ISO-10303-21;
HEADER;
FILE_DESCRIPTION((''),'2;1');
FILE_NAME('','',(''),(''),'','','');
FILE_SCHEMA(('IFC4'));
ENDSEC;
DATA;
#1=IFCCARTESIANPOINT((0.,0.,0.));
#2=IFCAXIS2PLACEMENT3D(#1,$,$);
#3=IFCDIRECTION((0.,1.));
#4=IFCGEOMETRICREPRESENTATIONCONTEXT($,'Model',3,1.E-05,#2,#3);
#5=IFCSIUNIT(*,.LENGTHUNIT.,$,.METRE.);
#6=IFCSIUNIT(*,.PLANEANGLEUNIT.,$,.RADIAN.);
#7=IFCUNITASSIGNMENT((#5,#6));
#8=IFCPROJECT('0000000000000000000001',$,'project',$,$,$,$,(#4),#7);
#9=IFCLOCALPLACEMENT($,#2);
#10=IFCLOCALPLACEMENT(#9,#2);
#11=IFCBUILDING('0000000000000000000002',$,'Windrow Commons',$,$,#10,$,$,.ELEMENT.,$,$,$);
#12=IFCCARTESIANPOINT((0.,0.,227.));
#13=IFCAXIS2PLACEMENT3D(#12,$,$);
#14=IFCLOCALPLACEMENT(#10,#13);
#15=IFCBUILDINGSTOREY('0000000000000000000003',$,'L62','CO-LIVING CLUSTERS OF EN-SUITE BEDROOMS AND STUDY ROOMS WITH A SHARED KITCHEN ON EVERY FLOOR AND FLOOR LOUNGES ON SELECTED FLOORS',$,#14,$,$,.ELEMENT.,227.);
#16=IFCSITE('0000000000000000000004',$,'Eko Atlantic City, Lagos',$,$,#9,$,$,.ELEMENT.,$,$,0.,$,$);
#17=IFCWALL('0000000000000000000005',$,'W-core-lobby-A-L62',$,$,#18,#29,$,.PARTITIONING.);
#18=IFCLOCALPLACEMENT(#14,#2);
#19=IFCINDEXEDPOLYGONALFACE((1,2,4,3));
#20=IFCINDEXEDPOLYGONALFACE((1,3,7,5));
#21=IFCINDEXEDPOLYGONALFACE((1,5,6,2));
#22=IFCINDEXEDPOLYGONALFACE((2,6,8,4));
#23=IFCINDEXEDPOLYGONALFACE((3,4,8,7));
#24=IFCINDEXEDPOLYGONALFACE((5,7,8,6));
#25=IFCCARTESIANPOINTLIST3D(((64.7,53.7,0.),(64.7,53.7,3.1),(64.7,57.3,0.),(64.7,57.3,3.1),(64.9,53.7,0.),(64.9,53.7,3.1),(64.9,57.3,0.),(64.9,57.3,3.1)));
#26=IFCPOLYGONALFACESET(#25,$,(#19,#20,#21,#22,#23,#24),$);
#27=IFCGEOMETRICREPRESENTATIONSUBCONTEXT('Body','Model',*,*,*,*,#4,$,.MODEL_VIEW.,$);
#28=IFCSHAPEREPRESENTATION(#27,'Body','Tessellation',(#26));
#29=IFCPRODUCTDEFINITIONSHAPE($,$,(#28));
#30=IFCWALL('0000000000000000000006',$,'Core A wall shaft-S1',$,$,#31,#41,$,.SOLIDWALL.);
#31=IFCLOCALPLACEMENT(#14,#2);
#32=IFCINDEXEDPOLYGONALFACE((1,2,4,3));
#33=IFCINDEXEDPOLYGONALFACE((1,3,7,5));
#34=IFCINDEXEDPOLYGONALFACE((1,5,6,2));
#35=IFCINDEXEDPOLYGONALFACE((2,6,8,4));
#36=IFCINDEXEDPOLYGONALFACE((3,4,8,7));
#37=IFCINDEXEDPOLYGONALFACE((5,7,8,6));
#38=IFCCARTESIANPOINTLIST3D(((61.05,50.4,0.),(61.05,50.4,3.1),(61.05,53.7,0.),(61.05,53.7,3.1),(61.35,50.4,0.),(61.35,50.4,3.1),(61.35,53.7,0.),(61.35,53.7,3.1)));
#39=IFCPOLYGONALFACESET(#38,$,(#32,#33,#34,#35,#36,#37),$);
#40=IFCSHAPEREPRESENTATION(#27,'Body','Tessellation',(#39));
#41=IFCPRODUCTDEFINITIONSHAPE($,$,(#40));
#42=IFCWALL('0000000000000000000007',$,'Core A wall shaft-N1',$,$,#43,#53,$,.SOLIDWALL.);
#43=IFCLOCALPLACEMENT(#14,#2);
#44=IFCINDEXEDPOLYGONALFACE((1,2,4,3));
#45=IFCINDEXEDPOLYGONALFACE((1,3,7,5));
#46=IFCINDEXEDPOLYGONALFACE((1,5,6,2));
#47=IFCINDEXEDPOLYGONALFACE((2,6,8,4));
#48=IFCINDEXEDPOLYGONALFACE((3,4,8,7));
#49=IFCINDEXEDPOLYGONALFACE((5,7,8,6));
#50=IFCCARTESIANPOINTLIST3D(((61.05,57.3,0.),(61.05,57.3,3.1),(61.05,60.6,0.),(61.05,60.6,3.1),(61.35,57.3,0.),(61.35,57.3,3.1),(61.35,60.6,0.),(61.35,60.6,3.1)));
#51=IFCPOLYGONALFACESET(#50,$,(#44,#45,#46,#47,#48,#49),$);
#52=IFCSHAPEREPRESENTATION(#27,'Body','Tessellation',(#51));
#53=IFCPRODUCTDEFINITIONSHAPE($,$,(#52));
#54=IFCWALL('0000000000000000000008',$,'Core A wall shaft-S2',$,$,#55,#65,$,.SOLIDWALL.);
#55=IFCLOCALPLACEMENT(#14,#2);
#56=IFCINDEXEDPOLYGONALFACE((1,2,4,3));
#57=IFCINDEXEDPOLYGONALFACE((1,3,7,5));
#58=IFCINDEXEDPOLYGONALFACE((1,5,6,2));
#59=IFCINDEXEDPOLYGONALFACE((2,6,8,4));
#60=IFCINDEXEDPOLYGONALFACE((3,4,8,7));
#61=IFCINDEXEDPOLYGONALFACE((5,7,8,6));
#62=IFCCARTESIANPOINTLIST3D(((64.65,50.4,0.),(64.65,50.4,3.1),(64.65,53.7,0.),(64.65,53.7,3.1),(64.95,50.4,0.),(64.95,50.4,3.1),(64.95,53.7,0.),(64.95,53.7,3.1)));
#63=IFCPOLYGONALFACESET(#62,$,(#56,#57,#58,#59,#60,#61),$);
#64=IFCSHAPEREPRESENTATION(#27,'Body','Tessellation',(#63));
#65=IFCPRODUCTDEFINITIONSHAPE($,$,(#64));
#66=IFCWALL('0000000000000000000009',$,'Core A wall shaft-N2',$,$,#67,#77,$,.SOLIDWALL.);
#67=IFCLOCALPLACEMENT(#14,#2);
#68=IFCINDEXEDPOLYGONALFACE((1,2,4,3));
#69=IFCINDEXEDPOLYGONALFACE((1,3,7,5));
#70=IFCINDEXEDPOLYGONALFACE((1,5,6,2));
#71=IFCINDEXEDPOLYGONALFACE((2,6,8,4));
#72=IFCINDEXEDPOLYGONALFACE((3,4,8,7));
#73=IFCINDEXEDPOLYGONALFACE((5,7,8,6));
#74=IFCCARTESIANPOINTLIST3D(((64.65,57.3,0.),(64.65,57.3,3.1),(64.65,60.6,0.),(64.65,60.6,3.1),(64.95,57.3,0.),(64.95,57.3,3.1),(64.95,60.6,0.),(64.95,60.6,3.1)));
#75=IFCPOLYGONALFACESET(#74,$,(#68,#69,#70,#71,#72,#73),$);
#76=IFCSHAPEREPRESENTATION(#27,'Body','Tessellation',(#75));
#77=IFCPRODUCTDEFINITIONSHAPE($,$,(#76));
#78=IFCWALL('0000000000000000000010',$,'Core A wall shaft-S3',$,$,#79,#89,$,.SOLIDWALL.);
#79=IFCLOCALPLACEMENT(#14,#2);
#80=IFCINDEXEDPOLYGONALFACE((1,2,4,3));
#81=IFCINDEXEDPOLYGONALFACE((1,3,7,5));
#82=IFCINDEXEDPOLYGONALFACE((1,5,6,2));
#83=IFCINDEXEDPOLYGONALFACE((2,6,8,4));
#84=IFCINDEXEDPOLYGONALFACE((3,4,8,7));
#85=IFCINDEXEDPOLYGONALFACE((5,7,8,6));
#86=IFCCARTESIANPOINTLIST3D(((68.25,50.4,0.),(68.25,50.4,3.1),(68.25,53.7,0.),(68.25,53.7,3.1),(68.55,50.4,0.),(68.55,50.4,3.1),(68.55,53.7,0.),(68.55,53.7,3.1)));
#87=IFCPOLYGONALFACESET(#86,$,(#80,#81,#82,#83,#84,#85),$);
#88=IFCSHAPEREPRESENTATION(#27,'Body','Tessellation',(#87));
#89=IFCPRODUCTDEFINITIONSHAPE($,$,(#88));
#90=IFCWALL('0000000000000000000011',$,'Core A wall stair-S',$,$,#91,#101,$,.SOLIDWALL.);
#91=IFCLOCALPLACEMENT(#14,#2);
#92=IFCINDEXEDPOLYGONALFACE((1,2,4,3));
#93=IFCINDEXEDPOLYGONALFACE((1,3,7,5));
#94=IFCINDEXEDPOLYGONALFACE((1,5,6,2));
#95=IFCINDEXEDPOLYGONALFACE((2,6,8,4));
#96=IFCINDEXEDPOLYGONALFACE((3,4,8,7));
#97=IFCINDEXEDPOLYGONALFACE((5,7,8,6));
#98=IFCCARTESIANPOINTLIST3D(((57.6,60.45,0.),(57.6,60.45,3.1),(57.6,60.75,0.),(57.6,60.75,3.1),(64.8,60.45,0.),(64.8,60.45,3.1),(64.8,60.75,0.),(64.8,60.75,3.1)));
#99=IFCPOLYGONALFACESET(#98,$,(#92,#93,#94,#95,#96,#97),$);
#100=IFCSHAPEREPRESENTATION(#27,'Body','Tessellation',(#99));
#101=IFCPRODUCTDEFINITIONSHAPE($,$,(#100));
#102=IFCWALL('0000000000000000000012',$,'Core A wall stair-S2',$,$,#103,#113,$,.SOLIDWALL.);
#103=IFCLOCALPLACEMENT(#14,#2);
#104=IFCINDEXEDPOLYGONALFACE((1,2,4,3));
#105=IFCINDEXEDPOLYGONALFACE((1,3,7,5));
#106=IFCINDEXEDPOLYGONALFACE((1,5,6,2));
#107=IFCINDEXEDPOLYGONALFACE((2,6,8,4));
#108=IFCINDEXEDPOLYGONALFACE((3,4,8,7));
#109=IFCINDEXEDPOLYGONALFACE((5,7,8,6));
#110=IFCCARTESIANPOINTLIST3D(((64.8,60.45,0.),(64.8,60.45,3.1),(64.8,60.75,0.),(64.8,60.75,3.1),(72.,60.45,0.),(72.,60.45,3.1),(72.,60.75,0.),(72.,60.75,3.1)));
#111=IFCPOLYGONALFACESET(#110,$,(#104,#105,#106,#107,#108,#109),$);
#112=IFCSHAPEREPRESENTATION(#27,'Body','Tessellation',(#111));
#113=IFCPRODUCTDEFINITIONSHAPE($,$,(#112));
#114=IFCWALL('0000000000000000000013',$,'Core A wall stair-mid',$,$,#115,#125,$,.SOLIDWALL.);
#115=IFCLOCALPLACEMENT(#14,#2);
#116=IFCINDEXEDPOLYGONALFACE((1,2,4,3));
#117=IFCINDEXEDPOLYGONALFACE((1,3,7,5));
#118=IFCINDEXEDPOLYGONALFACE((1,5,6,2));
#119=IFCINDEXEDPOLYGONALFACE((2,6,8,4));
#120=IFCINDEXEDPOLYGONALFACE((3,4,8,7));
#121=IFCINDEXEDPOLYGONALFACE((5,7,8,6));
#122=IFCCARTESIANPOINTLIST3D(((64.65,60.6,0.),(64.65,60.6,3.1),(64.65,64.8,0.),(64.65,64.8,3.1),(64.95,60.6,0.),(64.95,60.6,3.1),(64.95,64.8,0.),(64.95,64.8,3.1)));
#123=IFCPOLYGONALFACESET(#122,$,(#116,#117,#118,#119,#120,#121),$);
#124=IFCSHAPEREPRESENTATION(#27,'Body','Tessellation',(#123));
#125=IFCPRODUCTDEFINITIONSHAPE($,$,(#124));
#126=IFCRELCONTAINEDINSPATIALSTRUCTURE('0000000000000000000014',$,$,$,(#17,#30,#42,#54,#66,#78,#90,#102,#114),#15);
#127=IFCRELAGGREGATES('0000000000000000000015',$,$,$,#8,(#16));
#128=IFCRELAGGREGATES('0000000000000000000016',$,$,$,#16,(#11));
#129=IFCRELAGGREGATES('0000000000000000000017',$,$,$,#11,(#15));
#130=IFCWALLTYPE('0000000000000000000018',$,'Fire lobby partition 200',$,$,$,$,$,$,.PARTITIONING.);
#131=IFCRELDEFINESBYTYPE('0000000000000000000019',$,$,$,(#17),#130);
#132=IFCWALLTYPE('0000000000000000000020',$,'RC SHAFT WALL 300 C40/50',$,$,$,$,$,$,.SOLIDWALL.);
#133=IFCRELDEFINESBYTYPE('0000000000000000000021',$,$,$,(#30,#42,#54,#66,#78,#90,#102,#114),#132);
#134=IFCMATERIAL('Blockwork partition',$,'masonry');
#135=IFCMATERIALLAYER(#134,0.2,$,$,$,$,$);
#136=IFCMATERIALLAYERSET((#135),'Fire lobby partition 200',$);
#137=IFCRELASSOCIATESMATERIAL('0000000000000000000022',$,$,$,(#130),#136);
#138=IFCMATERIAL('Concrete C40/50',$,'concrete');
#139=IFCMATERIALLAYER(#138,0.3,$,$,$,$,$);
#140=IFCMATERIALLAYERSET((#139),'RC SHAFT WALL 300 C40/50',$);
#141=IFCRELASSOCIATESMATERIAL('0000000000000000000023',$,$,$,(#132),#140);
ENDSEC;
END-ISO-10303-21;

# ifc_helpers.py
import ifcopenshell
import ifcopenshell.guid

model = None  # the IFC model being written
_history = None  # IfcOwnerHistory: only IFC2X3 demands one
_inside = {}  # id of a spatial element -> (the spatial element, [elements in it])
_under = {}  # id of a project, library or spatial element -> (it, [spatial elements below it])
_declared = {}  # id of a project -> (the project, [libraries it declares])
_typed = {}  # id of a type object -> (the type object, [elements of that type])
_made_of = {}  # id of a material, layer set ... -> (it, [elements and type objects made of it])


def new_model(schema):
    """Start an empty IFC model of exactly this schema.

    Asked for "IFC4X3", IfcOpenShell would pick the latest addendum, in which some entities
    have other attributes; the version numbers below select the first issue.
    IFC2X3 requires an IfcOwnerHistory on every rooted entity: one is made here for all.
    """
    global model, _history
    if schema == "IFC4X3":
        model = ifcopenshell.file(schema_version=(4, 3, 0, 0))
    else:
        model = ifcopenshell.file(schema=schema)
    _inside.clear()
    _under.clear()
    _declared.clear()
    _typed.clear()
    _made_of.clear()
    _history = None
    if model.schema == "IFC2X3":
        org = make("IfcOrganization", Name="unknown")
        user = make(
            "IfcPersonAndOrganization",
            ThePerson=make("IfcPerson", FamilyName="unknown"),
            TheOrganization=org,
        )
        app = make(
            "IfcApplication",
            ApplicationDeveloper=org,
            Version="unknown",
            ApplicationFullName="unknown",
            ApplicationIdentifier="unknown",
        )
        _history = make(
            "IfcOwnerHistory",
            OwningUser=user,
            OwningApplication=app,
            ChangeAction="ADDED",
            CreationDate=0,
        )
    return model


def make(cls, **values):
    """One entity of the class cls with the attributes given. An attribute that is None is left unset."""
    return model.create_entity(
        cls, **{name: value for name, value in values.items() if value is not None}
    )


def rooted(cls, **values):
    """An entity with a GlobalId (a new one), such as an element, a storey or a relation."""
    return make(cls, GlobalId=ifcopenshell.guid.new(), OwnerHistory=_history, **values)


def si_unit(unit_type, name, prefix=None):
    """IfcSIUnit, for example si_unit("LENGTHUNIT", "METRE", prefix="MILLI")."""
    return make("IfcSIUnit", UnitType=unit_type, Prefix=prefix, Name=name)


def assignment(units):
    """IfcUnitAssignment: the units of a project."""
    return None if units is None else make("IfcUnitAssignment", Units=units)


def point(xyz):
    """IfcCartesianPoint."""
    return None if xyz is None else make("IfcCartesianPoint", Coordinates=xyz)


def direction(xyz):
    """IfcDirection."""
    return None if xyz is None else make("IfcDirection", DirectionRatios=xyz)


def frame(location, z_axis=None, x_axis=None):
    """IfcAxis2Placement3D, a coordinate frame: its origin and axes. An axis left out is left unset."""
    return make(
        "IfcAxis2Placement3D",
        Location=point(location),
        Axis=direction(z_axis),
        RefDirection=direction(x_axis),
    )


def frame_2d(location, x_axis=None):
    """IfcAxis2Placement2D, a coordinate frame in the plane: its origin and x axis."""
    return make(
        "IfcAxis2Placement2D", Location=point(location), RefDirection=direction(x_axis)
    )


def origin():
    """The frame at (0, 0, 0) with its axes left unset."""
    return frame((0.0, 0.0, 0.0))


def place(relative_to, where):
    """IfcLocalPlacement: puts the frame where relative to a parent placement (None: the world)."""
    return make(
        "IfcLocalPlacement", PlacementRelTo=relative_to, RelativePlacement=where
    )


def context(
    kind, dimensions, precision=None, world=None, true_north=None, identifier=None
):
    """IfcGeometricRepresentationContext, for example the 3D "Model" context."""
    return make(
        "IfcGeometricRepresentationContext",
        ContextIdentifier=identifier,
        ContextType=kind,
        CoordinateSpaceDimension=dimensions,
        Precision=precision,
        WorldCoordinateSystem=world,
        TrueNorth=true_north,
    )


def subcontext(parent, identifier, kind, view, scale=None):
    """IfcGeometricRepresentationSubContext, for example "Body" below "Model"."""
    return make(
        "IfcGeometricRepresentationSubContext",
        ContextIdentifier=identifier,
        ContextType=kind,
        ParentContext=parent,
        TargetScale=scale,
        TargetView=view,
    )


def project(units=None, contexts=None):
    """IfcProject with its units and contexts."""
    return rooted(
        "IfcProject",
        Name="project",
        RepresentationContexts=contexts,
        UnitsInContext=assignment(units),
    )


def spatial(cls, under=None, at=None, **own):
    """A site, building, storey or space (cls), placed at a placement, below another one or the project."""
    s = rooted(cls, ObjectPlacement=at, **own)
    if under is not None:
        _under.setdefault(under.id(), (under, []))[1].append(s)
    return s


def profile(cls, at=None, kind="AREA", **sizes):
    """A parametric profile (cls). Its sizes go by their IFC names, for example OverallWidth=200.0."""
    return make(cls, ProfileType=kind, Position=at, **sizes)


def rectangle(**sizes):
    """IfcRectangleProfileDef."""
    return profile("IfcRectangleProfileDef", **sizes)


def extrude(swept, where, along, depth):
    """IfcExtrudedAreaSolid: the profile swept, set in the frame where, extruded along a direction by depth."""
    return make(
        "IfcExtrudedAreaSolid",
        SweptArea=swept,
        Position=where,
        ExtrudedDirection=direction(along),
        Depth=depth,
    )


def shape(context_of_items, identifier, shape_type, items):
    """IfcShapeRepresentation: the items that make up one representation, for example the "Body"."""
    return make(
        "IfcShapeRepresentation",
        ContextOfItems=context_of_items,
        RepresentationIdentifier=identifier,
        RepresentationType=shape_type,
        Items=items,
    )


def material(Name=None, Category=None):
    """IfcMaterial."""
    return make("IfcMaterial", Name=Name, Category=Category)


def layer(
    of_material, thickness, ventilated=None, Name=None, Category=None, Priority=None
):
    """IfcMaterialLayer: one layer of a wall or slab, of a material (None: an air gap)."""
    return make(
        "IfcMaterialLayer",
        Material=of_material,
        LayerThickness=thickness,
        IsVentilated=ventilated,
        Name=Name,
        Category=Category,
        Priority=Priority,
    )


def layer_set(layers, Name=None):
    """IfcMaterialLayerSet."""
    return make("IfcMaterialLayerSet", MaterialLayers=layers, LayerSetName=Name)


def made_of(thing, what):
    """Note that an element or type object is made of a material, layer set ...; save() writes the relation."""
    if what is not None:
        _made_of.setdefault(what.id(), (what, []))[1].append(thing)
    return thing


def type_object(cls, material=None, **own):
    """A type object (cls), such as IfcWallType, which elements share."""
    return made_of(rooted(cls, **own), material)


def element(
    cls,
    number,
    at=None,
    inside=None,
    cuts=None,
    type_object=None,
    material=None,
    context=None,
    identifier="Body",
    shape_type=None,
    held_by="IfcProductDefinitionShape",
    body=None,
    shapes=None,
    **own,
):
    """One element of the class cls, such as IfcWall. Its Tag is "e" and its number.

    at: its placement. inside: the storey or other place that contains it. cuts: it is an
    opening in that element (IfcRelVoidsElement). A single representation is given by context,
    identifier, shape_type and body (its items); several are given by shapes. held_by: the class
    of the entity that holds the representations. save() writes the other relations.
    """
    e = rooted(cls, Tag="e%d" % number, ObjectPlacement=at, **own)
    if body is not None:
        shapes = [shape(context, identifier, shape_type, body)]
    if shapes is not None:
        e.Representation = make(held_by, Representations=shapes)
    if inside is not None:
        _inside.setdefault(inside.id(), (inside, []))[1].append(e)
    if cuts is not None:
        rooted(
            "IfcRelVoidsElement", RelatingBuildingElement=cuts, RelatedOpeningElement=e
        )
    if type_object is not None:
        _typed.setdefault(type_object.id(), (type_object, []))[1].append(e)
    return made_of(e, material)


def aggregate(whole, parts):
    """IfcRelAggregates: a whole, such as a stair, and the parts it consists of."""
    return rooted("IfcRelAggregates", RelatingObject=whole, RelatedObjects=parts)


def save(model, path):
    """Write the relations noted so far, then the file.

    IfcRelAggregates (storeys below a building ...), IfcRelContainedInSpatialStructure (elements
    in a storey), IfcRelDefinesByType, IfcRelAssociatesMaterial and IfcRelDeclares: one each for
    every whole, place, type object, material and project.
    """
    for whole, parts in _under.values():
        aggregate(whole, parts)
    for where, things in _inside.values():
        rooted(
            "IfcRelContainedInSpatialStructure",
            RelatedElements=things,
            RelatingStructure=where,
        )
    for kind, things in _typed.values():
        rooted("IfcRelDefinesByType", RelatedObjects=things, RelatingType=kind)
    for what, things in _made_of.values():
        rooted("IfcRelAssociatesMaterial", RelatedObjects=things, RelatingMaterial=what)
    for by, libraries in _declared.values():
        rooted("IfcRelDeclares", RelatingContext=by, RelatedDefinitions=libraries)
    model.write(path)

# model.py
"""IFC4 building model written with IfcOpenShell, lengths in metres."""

from ifc_helpers import new_model, si_unit, direction, frame, frame_2d, origin, place, context, subcontext, project, spatial, rectangle, extrude, material, layer, layer_set, type_object, element, save


model = new_model("IFC4")

# Units and contexts
model_context = context("Model", 3, precision=1e-05, world=origin(), true_north=direction((0.0, 1.0)))
body_context = subcontext(model_context, "Body", "Model", "MODEL_VIEW")
ifc_project = project(units=[si_unit("LENGTHUNIT", "METRE"), si_unit("PLANEANGLEUNIT", "RADIAN")], contexts=[model_context])

# Site, building, storey
site_placement = place(None, origin())
site = spatial("IfcSite", under=ifc_project, at=site_placement, Name="Eko Atlantic City, Lagos", CompositionType="ELEMENT", RefElevation=0.0)
building_placement = place(site_placement, origin())
building = spatial("IfcBuilding", under=site, at=building_placement, Name="Windrow Commons", CompositionType="ELEMENT")
storey_placement = place(building_placement, frame((0.0, 0.0, 227.0)))
storey = spatial("IfcBuildingStorey", under=building, at=storey_placement, Name="L62", Description="CO-LIVING CLUSTERS OF EN-SUITE BEDROOMS AND STUDY ROOMS WITH A SHARED KITCHEN ON EVERY FLOOR AND FLOOR LOUNGES ON SELECTED FLOORS", CompositionType="ELEMENT", Elevation=227.0)

# Walls
ifc_material_1 = material(Name="Blockwork partition", Category="masonry")
ifc_layer_1 = layer(ifc_material_1, 0.2)
ifc_layer_set_1 = layer_set([ifc_layer_1], Name="Fire lobby partition 200")
wall_type_1 = type_object("IfcWallType", Name="Fire lobby partition 200", PredefinedType="PARTITIONING", material=ifc_layer_set_1)
wall_1_placement = place(storey_placement, frame((64.8, 53.7, 0.0), z_axis=(0.0, 0.0, 1.0), x_axis=(0.0, 1.0, 0.0)))
element("IfcWall", 1, at=wall_1_placement, inside=storey, type_object=wall_type_1, Name="W-core-lobby-A-L62", PredefinedType="PARTITIONING", context=body_context, shape_type="SweptSolid", body=[
    extrude(rectangle(XDim=3.6, YDim=0.2, at=frame_2d((1.8, 0.0))), origin(), (0.0, 0.0, 1.0), 3.1),
])
ifc_material_2 = material(Name="Concrete C40/50", Category="concrete")
ifc_layer_2 = layer(ifc_material_2, 0.3)
ifc_layer_set_2 = layer_set([ifc_layer_2], Name="RC SHAFT WALL 300 C40/50")
wall_type_2 = type_object("IfcWallType", Name="RC SHAFT WALL 300 C40/50", PredefinedType="SOLIDWALL", material=ifc_layer_set_2)
for number, where, z_axis, x_axis, name in (
    (2, (61.2, 50.4, 0.0), (0.0, 0.0, 1.0), (0.0, 1.0, 0.0), "Core A wall shaft-S1"),
    (3, (61.2, 57.3, 0.0), (0.0, 0.0, 1.0), (0.0, 1.0, 0.0), "Core A wall shaft-N1"),
    (4, (64.8, 50.4, 0.0), (0.0, 0.0, 1.0), (0.0, 1.0, 0.0), "Core A wall shaft-S2"),
    (5, (64.8, 57.3, 0.0), (0.0, 0.0, 1.0), (0.0, 1.0, 0.0), "Core A wall shaft-N2"),
    (6, (68.4, 50.4, 0.0), (0.0, 0.0, 1.0), (0.0, 1.0, 0.0), "Core A wall shaft-S3"),
):
    element("IfcWall", number, at=place(storey_placement, frame(where, z_axis=z_axis, x_axis=x_axis)), inside=storey, type_object=wall_type_2, Name=name, PredefinedType="SOLIDWALL", context=body_context, shape_type="SweptSolid", body=[
        extrude(rectangle(XDim=3.3, YDim=0.3, at=frame_2d((1.65, 0.0))), origin(), (0.0, 0.0, 1.0), 3.1),
    ])
for number, where, z_axis, x_axis, name in (
    (7, (57.6, 60.6, 0.0), (0.0, 0.0, 1.0), (1.0, 0.0, 0.0), "Core A wall stair-S"),
    (8, (64.8, 60.6, 0.0), (0.0, 0.0, 1.0), (1.0, 0.0, 0.0), "Core A wall stair-S2"),
):
    element("IfcWall", number, at=place(storey_placement, frame(where, z_axis=z_axis, x_axis=x_axis)), inside=storey, type_object=wall_type_2, Name=name, PredefinedType="SOLIDWALL", context=body_context, shape_type="SweptSolid", body=[
        extrude(rectangle(XDim=7.2, YDim=0.3, at=frame_2d((3.6, 0.0))), origin(), (0.0, 0.0, 1.0), 3.1),
    ])
wall_2_placement = place(storey_placement, frame((64.8, 60.6, 0.0), z_axis=(0.0, 0.0, 1.0), x_axis=(0.0, 1.0, 0.0)))
element("IfcWall", 9, at=wall_2_placement, inside=storey, type_object=wall_type_2, Name="Core A wall stair-mid", PredefinedType="SOLIDWALL", context=body_context, shape_type="SweptSolid", body=[
    extrude(rectangle(XDim=4.2, YDim=0.3, at=frame_2d((2.1, 0.0))), origin(), (0.0, 0.0, 1.0), 3.1),
])

save(model, "model.ifc")
